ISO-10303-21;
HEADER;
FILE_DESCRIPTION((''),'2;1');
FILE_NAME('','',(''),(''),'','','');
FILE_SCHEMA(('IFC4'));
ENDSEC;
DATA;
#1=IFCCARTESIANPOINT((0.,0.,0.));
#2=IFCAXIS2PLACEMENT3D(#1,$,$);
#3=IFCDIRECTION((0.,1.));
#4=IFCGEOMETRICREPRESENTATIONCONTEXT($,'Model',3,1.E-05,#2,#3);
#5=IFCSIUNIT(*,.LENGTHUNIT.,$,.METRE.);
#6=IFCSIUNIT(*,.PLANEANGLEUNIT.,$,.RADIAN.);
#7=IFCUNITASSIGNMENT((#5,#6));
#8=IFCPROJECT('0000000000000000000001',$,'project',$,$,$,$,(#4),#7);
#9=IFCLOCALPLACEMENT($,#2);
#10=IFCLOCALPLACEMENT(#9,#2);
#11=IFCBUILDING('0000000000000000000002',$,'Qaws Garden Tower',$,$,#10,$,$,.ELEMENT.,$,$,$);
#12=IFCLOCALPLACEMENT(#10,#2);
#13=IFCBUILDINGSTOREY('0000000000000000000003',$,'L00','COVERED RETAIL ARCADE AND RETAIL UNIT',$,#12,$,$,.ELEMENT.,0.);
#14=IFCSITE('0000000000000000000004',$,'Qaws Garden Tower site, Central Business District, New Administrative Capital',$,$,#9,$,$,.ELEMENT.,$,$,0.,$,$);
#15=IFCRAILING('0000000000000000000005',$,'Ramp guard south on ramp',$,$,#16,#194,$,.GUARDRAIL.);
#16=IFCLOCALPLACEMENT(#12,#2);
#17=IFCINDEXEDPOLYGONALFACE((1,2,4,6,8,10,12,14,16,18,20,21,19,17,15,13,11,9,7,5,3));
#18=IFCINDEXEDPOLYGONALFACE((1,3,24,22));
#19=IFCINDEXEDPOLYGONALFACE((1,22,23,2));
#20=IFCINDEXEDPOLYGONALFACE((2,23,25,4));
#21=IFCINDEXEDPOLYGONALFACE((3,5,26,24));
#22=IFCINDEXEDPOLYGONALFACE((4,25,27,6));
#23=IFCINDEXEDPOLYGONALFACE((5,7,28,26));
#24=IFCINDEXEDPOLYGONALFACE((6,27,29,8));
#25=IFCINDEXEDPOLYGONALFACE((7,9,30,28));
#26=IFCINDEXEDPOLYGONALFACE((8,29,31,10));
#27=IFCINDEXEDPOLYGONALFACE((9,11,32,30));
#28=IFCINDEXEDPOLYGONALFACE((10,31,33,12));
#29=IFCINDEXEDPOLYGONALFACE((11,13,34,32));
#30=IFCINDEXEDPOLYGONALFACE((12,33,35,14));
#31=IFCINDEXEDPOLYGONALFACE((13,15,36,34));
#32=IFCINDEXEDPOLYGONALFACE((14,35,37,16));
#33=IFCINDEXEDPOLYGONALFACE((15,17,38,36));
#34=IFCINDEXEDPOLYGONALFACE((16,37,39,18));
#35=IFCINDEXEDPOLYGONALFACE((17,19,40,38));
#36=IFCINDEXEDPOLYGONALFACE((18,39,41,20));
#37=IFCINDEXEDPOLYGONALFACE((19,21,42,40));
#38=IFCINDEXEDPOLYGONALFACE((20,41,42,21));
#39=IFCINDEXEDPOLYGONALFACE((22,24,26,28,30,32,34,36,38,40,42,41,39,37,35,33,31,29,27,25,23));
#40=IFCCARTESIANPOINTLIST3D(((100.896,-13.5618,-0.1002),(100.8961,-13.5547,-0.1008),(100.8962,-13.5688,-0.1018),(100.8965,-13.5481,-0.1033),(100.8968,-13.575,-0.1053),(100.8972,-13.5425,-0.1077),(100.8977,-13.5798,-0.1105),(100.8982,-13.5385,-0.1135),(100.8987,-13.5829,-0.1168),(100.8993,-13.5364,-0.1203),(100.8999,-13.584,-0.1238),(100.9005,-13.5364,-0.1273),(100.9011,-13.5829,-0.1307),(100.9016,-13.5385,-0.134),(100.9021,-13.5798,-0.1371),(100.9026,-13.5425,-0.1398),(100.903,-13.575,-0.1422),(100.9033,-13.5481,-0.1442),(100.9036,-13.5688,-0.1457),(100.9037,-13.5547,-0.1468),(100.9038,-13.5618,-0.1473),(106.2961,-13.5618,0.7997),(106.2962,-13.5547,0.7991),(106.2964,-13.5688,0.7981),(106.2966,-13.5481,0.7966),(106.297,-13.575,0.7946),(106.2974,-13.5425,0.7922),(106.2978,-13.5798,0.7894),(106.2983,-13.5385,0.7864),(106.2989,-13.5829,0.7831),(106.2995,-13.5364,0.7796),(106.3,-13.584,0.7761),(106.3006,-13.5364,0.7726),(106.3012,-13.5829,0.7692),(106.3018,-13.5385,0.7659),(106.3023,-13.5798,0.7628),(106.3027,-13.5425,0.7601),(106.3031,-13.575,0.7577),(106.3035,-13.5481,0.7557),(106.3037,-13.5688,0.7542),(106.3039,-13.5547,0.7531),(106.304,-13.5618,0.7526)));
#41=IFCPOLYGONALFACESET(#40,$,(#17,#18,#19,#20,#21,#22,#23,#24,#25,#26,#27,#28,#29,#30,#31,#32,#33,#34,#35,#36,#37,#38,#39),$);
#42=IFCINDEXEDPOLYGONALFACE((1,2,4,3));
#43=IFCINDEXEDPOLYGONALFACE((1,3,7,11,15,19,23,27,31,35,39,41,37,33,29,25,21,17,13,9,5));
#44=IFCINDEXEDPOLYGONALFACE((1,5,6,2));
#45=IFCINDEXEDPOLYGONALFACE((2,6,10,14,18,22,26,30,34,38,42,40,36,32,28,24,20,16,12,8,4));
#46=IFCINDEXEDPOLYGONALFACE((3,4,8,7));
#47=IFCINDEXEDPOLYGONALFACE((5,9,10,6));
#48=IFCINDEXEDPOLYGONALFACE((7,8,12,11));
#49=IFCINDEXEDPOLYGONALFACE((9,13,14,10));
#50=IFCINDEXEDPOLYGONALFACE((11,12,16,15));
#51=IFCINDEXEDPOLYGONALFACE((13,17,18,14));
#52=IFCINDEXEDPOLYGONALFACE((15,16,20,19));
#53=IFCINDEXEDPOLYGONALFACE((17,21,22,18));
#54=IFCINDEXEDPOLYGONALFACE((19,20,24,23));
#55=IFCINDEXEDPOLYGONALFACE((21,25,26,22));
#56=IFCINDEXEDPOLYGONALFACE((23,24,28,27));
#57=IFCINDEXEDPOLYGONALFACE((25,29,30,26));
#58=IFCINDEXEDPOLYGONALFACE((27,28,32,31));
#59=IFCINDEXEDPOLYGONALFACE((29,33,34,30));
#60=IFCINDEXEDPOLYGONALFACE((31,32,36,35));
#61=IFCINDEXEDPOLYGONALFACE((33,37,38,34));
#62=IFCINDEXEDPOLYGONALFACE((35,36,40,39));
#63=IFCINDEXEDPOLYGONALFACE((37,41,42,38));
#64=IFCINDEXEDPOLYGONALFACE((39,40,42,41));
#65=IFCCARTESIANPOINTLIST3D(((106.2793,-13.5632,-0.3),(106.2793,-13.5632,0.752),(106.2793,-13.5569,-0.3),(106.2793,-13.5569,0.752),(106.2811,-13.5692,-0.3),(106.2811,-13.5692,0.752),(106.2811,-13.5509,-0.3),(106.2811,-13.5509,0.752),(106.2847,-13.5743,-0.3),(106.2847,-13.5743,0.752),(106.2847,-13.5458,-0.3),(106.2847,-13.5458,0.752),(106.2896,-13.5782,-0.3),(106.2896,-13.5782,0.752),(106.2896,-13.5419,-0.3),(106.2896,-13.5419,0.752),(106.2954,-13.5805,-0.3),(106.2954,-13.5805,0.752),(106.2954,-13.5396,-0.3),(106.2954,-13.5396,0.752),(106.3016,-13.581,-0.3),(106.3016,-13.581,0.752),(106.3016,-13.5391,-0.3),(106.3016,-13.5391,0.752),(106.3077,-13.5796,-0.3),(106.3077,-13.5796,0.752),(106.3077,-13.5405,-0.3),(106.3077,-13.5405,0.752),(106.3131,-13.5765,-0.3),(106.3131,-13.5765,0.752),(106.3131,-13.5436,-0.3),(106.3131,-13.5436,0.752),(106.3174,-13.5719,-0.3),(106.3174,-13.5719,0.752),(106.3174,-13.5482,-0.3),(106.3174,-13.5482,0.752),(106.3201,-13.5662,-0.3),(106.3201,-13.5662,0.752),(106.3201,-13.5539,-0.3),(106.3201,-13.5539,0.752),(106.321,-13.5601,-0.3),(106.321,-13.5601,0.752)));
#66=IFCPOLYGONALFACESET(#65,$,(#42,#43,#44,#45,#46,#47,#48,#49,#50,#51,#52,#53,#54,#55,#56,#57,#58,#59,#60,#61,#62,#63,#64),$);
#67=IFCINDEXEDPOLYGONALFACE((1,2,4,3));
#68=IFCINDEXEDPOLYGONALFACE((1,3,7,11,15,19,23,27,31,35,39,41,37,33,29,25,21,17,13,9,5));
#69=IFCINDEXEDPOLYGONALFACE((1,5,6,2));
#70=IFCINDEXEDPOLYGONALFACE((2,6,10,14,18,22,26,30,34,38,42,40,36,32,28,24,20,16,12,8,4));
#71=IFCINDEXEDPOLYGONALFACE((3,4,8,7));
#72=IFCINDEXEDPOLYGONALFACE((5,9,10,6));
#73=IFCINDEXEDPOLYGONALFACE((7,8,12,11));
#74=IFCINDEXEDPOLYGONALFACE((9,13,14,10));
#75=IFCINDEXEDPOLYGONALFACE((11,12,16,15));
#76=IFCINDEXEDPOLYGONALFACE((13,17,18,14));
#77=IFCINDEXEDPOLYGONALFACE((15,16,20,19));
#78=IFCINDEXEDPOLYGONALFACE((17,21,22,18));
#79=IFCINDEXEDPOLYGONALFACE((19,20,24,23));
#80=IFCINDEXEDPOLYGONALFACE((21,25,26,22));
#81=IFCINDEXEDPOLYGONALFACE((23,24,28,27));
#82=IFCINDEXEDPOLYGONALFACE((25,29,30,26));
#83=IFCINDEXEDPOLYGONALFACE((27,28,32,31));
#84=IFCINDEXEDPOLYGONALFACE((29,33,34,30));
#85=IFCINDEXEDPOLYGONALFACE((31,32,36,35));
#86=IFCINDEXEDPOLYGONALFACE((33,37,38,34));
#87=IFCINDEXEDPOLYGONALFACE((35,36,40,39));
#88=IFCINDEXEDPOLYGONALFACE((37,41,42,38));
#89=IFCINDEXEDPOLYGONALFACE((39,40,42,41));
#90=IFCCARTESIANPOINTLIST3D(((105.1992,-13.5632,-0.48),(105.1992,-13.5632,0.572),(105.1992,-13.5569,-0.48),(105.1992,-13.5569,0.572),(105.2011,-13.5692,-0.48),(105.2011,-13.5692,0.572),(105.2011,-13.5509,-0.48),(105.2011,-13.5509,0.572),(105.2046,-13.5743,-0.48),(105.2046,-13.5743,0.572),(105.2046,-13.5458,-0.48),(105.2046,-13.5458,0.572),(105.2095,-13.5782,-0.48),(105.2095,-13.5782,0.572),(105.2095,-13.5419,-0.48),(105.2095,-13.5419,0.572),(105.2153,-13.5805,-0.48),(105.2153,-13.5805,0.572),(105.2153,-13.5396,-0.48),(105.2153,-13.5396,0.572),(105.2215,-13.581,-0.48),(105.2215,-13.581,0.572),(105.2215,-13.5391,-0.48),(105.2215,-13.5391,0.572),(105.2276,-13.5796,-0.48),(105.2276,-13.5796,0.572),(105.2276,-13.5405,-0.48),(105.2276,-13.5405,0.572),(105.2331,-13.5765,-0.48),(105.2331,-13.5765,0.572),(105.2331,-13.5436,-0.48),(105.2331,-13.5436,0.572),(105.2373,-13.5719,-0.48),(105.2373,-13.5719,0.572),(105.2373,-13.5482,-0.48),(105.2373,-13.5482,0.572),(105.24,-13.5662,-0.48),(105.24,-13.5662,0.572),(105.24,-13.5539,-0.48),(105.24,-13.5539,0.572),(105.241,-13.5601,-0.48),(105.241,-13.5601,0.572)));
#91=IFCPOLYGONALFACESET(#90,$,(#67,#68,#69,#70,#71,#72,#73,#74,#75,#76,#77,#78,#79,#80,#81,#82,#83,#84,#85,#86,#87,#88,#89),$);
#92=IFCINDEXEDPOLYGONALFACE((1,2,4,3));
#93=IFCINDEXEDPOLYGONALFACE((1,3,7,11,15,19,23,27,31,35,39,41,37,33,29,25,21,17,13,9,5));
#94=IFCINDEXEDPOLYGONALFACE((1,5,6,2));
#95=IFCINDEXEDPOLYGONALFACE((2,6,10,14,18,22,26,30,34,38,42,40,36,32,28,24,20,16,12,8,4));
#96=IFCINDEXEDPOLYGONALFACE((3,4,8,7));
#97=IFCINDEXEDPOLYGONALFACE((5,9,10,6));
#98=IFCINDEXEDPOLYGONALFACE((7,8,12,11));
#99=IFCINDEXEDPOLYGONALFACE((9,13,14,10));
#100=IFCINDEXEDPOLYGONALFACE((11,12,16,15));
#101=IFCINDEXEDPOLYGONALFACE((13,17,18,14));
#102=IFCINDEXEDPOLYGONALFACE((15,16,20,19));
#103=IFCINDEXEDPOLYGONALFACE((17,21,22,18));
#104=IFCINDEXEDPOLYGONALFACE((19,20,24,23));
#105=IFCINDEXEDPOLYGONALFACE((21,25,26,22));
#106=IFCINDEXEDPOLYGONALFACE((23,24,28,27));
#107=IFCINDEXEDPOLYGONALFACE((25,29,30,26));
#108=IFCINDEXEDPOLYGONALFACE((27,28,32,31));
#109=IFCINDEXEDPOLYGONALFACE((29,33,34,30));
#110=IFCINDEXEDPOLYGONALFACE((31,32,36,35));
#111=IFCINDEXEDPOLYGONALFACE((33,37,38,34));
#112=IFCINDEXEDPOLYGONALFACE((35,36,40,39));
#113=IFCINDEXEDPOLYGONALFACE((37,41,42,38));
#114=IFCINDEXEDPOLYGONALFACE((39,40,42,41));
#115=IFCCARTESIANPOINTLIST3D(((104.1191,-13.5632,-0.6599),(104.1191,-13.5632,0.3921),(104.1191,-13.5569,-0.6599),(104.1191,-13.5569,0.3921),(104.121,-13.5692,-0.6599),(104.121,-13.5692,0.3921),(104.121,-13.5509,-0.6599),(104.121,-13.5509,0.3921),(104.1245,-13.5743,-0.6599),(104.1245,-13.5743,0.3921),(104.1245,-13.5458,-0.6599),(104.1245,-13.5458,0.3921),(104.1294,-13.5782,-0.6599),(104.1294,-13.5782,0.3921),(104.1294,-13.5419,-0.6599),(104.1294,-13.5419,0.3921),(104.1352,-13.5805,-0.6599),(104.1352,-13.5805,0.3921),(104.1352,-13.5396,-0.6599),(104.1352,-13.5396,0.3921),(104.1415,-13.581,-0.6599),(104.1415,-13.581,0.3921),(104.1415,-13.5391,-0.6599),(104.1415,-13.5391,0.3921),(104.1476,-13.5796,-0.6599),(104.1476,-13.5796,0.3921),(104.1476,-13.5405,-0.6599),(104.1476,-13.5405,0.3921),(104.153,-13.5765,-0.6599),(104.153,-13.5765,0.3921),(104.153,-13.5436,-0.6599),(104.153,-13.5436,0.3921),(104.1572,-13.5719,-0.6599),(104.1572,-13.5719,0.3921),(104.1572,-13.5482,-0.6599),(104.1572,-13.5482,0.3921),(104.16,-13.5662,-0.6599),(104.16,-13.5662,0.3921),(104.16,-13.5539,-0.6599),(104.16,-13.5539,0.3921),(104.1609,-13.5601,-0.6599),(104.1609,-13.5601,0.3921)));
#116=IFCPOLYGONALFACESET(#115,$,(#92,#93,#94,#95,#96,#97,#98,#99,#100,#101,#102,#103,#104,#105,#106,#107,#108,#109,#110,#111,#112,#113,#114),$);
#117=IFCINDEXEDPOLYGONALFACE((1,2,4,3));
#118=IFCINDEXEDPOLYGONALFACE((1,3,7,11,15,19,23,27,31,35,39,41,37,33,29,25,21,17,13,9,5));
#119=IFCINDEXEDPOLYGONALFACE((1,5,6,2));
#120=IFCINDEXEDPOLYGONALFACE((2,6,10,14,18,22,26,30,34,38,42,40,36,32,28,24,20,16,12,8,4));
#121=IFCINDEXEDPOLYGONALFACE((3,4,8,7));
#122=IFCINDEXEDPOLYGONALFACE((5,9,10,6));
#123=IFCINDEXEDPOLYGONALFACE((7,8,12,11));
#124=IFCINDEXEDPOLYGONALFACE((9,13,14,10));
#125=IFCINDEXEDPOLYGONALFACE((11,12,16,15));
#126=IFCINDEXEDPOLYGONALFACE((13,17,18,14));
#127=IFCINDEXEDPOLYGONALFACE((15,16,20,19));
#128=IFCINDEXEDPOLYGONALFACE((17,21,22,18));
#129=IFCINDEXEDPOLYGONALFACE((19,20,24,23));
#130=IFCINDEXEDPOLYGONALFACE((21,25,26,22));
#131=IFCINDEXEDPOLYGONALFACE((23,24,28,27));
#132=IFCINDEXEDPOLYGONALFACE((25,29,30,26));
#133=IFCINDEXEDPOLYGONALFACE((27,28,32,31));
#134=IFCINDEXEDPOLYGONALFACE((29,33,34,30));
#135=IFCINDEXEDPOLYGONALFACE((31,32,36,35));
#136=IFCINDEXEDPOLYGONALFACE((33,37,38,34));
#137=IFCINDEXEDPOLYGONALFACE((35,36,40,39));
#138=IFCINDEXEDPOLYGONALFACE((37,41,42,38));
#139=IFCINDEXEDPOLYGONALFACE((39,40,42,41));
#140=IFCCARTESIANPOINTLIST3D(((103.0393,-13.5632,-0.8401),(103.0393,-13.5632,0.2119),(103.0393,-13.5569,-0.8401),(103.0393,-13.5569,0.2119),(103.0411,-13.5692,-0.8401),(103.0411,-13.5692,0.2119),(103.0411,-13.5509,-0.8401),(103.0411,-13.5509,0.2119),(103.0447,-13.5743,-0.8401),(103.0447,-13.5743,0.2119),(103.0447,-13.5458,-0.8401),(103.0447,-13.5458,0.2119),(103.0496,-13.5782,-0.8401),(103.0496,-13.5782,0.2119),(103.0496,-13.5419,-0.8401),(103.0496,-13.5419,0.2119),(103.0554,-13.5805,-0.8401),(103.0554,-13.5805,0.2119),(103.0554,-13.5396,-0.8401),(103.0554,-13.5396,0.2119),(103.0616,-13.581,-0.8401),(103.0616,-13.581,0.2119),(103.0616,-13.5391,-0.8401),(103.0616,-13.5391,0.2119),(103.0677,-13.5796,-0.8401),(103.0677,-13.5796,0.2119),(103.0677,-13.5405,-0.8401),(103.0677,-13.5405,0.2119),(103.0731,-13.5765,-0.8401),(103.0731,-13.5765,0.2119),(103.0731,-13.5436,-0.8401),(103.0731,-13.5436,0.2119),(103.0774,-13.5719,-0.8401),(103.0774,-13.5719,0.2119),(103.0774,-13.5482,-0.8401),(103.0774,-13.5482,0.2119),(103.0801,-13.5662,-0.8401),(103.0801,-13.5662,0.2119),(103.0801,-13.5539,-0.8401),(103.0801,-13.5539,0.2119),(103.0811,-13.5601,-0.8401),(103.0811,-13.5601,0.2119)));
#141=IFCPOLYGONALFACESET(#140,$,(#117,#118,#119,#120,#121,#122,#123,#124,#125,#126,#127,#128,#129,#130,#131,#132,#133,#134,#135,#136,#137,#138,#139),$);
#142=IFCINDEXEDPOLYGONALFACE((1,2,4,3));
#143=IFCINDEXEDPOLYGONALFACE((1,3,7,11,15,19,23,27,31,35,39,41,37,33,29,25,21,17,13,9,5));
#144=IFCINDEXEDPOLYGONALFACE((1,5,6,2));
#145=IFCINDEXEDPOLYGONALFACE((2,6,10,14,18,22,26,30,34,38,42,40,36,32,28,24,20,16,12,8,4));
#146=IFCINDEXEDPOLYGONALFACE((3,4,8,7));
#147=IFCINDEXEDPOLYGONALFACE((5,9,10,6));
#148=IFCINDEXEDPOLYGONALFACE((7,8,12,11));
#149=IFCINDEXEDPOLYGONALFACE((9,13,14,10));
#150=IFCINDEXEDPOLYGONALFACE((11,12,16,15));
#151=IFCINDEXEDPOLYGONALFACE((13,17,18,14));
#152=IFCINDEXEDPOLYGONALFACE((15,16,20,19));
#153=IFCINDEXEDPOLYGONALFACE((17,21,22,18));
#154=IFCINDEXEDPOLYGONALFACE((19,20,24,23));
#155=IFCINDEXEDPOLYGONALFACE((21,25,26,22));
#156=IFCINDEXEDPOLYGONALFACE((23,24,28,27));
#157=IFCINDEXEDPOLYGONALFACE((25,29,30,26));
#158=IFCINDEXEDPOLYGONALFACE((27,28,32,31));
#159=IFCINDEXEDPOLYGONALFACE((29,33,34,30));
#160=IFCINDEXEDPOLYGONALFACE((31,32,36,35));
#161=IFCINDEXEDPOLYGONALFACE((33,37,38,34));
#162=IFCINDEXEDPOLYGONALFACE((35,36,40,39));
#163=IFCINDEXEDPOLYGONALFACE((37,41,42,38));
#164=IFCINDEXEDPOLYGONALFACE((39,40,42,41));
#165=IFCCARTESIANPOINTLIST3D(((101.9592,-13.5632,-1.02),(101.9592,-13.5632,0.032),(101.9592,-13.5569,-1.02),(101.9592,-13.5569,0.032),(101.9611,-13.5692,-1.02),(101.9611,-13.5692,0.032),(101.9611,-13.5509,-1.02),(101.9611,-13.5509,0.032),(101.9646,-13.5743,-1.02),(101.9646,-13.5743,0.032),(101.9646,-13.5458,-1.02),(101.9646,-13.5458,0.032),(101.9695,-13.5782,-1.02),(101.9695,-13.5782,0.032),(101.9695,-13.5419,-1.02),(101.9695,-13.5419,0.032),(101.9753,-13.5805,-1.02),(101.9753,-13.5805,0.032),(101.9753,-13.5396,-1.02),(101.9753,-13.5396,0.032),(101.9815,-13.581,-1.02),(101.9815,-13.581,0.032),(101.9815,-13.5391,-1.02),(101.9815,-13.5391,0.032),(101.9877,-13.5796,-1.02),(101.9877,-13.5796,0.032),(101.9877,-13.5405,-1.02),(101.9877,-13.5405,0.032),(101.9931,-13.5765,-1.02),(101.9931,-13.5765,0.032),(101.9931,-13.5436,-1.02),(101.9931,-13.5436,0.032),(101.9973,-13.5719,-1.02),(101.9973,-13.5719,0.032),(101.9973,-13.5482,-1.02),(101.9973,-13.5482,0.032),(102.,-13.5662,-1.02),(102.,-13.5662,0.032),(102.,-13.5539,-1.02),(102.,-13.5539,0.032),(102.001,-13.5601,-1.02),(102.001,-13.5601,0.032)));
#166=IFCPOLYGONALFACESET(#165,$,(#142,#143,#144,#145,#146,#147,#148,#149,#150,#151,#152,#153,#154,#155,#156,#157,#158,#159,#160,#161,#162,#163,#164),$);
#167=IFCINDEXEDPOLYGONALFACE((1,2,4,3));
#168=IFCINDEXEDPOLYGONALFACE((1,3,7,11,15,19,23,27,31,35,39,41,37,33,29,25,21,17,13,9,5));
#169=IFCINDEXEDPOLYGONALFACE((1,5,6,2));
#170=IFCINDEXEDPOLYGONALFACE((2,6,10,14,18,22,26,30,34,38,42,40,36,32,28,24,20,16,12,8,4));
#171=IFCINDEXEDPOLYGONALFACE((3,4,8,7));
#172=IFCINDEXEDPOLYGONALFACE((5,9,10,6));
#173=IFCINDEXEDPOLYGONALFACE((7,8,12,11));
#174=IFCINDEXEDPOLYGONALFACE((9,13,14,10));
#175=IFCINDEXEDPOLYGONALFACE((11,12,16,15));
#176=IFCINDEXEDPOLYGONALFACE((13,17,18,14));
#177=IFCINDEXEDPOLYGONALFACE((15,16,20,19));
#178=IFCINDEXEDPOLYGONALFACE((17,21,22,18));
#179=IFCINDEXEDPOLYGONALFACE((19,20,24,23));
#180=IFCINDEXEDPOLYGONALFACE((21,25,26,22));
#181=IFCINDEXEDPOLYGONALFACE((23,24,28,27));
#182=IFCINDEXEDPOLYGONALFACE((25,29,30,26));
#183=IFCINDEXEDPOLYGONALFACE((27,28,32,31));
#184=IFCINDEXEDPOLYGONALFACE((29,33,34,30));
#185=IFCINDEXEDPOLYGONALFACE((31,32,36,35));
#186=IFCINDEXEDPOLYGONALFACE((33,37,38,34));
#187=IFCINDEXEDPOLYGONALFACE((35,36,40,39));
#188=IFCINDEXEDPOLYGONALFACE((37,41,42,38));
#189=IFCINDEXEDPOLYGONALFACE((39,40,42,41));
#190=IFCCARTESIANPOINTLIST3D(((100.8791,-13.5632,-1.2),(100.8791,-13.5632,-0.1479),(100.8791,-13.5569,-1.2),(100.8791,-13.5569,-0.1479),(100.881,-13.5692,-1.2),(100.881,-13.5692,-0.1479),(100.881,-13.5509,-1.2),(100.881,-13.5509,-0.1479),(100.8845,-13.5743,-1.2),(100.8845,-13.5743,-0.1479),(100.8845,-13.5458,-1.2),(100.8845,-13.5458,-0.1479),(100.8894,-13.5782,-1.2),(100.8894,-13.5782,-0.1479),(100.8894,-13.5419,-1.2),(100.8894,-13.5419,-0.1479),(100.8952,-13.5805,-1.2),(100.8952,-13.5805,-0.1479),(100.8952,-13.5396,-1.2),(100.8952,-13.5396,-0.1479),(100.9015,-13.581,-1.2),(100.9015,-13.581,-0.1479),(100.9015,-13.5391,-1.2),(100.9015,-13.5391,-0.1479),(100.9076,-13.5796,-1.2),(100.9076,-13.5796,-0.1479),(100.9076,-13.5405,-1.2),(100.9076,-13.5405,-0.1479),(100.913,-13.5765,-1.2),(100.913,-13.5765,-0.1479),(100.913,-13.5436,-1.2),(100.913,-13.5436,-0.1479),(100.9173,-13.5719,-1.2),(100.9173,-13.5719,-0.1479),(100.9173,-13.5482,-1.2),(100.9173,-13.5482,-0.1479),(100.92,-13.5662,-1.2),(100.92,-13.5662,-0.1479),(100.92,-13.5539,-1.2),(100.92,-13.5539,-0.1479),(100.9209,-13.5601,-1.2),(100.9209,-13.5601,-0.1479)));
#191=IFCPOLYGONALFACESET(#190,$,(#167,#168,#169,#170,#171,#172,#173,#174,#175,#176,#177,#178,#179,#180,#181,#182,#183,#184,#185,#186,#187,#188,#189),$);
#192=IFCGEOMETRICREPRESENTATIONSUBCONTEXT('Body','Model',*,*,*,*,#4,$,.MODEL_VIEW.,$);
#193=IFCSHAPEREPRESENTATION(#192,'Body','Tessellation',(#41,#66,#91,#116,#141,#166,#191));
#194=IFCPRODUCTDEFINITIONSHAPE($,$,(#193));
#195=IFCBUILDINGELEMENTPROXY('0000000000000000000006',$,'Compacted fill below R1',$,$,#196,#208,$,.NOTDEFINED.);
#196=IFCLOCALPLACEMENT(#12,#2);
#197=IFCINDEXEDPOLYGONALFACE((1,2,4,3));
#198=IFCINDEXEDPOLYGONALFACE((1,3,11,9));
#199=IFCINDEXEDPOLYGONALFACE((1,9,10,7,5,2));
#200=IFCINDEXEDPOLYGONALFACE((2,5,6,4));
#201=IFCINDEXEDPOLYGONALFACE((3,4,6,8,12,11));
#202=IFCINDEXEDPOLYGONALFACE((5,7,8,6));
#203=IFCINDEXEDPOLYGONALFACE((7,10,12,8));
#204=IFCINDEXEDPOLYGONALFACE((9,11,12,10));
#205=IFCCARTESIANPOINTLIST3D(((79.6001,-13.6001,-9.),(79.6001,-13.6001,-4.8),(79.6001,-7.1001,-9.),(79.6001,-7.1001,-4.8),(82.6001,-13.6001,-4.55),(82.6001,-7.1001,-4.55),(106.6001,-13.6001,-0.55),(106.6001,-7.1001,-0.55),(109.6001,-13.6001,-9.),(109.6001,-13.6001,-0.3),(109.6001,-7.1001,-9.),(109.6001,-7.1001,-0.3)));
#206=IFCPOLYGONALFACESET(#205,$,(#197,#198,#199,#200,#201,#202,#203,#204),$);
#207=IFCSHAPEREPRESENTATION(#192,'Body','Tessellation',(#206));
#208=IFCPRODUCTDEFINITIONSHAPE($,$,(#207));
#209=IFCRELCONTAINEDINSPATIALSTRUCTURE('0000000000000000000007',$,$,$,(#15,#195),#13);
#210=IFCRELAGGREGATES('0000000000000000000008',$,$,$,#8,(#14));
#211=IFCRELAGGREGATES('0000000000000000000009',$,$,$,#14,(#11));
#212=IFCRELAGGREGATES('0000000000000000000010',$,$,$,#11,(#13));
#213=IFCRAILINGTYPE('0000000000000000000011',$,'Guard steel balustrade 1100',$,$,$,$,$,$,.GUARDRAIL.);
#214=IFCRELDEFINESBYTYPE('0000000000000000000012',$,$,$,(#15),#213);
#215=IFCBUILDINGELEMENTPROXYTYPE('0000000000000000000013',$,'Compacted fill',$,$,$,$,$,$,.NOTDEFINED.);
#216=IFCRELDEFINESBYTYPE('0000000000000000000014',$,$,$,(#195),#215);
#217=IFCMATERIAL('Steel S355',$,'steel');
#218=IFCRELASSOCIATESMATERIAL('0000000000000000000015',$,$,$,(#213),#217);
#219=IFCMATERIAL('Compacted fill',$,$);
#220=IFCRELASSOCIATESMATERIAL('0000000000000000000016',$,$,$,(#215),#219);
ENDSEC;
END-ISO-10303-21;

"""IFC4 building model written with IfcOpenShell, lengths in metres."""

from ifc_helpers import new_model, si_unit, direction, frame, origin, origin_2d, place, context, subcontext, project, spatial, polyline, circle, outline, extrude, material, type_object, element, save


model = new_model("IFC4")

# Units and contexts
model_context = context("Model", 3, precision=1e-05, world=origin(), true_north=direction((0.0, 1.0)))
body_context = subcontext(model_context, "Body", "Model", "MODEL_VIEW")
ifc_project = project(units=[si_unit("LENGTHUNIT", "METRE"), si_unit("PLANEANGLEUNIT", "RADIAN")], contexts=[model_context])

# Site, building, storey
site_placement = place(None, origin())
site = spatial("IfcSite", under=ifc_project, at=site_placement, Name="Qaws Garden Tower site, Central Business District, New Administrative Capital", CompositionType="ELEMENT", RefElevation=0.0)
building_placement = place(site_placement, origin())
building = spatial("IfcBuilding", under=site, at=building_placement, Name="Qaws Garden Tower", CompositionType="ELEMENT")
storey_placement = place(building_placement, origin())
storey = spatial("IfcBuildingStorey", under=building, at=storey_placement, Name="L00", Description="COVERED RETAIL ARCADE AND RETAIL UNIT", CompositionType="ELEMENT", Elevation=0.0)

# Railing
ifc_material_1 = material(Name="Steel S355", Category="steel")
railing_type = type_object("IfcRailingType", Name="Guard steel balustrade 1100", PredefinedType="GUARDRAIL", material=ifc_material_1)
for number, where, name in (
    (1, (106.3, -13.5601, -0.3), "Ramp guard south on ramp"),
):
    element("IfcRailing", number, at=place(storey_placement, frame(where)), inside=storey, type_object=railing_type, Name=name, PredefinedType="GUARDRAIL", context=body_context, shape_type="SweptSolid", body=[
        extrude(circle(Radius=0.0239, at=origin_2d()), frame((0.0, 0.0, 1.0762), z_axis=(-0.986398, 0.0, -0.164377), x_axis=(0.0, -1.0, 0.0)), (0.0, 0.0, 1.0), 5.4746),
        extrude(circle(Radius=0.021, at=origin_2d()), origin(), (0.0, 0.0, 1.0), 1.052),
        extrude(circle(Radius=0.021, at=origin_2d()), frame((-1.0801, 0.0, -0.1799)), (0.0, 0.0, 1.0), 1.052),
        extrude(circle(Radius=0.021, at=origin_2d()), frame((-2.1602, 0.0, -0.3599)), (0.0, 0.0, 1.0), 1.052),
        extrude(circle(Radius=0.021, at=origin_2d()), frame((-3.24, 0.0, -0.54)), (0.0, 0.0, 1.0), 1.052),
        extrude(circle(Radius=0.021, at=origin_2d()), frame((-4.3201, 0.0, -0.72)), (0.0, 0.0, 1.0), 1.052),
        extrude(circle(Radius=0.021, at=origin_2d()), frame((-5.4001, 0.0, -0.8999)), (0.0, 0.0, 1.0), 1.052),
    ])

# Building element proxy
ifc_material_2 = material(Name="Compacted fill")
building_element_proxy_type = type_object("IfcBuildingElementProxyType", Name="Compacted fill", PredefinedType="NOTDEFINED", material=ifc_material_2)
proxy_placement = place(storey_placement, frame((109.6001, -10.3501, -9.0), z_axis=(0.0, 0.0, 1.0), x_axis=(-1.0, 0.0, 0.0)))
element("IfcBuildingElementProxy", 2, at=proxy_placement, inside=storey, type_object=building_element_proxy_type, Name="Compacted fill below R1", PredefinedType="NOTDEFINED", context=body_context, shape_type="SweptSolid", body=[
    extrude(outline(polyline([(0.0, 0.0), (30.0, 0.0), (30.0, 4.2), (27.0, 4.45), (3.0, 8.45), (0.0, 8.7), (0.0, 0.0)])), frame((0.0, 3.25, 0.0), z_axis=(0.0, -1.0, 0.0), x_axis=(1.0, 0.0, 0.0)), (0.0, 0.0, 1.0), 6.5),
])

save(model, "model.ifc")
